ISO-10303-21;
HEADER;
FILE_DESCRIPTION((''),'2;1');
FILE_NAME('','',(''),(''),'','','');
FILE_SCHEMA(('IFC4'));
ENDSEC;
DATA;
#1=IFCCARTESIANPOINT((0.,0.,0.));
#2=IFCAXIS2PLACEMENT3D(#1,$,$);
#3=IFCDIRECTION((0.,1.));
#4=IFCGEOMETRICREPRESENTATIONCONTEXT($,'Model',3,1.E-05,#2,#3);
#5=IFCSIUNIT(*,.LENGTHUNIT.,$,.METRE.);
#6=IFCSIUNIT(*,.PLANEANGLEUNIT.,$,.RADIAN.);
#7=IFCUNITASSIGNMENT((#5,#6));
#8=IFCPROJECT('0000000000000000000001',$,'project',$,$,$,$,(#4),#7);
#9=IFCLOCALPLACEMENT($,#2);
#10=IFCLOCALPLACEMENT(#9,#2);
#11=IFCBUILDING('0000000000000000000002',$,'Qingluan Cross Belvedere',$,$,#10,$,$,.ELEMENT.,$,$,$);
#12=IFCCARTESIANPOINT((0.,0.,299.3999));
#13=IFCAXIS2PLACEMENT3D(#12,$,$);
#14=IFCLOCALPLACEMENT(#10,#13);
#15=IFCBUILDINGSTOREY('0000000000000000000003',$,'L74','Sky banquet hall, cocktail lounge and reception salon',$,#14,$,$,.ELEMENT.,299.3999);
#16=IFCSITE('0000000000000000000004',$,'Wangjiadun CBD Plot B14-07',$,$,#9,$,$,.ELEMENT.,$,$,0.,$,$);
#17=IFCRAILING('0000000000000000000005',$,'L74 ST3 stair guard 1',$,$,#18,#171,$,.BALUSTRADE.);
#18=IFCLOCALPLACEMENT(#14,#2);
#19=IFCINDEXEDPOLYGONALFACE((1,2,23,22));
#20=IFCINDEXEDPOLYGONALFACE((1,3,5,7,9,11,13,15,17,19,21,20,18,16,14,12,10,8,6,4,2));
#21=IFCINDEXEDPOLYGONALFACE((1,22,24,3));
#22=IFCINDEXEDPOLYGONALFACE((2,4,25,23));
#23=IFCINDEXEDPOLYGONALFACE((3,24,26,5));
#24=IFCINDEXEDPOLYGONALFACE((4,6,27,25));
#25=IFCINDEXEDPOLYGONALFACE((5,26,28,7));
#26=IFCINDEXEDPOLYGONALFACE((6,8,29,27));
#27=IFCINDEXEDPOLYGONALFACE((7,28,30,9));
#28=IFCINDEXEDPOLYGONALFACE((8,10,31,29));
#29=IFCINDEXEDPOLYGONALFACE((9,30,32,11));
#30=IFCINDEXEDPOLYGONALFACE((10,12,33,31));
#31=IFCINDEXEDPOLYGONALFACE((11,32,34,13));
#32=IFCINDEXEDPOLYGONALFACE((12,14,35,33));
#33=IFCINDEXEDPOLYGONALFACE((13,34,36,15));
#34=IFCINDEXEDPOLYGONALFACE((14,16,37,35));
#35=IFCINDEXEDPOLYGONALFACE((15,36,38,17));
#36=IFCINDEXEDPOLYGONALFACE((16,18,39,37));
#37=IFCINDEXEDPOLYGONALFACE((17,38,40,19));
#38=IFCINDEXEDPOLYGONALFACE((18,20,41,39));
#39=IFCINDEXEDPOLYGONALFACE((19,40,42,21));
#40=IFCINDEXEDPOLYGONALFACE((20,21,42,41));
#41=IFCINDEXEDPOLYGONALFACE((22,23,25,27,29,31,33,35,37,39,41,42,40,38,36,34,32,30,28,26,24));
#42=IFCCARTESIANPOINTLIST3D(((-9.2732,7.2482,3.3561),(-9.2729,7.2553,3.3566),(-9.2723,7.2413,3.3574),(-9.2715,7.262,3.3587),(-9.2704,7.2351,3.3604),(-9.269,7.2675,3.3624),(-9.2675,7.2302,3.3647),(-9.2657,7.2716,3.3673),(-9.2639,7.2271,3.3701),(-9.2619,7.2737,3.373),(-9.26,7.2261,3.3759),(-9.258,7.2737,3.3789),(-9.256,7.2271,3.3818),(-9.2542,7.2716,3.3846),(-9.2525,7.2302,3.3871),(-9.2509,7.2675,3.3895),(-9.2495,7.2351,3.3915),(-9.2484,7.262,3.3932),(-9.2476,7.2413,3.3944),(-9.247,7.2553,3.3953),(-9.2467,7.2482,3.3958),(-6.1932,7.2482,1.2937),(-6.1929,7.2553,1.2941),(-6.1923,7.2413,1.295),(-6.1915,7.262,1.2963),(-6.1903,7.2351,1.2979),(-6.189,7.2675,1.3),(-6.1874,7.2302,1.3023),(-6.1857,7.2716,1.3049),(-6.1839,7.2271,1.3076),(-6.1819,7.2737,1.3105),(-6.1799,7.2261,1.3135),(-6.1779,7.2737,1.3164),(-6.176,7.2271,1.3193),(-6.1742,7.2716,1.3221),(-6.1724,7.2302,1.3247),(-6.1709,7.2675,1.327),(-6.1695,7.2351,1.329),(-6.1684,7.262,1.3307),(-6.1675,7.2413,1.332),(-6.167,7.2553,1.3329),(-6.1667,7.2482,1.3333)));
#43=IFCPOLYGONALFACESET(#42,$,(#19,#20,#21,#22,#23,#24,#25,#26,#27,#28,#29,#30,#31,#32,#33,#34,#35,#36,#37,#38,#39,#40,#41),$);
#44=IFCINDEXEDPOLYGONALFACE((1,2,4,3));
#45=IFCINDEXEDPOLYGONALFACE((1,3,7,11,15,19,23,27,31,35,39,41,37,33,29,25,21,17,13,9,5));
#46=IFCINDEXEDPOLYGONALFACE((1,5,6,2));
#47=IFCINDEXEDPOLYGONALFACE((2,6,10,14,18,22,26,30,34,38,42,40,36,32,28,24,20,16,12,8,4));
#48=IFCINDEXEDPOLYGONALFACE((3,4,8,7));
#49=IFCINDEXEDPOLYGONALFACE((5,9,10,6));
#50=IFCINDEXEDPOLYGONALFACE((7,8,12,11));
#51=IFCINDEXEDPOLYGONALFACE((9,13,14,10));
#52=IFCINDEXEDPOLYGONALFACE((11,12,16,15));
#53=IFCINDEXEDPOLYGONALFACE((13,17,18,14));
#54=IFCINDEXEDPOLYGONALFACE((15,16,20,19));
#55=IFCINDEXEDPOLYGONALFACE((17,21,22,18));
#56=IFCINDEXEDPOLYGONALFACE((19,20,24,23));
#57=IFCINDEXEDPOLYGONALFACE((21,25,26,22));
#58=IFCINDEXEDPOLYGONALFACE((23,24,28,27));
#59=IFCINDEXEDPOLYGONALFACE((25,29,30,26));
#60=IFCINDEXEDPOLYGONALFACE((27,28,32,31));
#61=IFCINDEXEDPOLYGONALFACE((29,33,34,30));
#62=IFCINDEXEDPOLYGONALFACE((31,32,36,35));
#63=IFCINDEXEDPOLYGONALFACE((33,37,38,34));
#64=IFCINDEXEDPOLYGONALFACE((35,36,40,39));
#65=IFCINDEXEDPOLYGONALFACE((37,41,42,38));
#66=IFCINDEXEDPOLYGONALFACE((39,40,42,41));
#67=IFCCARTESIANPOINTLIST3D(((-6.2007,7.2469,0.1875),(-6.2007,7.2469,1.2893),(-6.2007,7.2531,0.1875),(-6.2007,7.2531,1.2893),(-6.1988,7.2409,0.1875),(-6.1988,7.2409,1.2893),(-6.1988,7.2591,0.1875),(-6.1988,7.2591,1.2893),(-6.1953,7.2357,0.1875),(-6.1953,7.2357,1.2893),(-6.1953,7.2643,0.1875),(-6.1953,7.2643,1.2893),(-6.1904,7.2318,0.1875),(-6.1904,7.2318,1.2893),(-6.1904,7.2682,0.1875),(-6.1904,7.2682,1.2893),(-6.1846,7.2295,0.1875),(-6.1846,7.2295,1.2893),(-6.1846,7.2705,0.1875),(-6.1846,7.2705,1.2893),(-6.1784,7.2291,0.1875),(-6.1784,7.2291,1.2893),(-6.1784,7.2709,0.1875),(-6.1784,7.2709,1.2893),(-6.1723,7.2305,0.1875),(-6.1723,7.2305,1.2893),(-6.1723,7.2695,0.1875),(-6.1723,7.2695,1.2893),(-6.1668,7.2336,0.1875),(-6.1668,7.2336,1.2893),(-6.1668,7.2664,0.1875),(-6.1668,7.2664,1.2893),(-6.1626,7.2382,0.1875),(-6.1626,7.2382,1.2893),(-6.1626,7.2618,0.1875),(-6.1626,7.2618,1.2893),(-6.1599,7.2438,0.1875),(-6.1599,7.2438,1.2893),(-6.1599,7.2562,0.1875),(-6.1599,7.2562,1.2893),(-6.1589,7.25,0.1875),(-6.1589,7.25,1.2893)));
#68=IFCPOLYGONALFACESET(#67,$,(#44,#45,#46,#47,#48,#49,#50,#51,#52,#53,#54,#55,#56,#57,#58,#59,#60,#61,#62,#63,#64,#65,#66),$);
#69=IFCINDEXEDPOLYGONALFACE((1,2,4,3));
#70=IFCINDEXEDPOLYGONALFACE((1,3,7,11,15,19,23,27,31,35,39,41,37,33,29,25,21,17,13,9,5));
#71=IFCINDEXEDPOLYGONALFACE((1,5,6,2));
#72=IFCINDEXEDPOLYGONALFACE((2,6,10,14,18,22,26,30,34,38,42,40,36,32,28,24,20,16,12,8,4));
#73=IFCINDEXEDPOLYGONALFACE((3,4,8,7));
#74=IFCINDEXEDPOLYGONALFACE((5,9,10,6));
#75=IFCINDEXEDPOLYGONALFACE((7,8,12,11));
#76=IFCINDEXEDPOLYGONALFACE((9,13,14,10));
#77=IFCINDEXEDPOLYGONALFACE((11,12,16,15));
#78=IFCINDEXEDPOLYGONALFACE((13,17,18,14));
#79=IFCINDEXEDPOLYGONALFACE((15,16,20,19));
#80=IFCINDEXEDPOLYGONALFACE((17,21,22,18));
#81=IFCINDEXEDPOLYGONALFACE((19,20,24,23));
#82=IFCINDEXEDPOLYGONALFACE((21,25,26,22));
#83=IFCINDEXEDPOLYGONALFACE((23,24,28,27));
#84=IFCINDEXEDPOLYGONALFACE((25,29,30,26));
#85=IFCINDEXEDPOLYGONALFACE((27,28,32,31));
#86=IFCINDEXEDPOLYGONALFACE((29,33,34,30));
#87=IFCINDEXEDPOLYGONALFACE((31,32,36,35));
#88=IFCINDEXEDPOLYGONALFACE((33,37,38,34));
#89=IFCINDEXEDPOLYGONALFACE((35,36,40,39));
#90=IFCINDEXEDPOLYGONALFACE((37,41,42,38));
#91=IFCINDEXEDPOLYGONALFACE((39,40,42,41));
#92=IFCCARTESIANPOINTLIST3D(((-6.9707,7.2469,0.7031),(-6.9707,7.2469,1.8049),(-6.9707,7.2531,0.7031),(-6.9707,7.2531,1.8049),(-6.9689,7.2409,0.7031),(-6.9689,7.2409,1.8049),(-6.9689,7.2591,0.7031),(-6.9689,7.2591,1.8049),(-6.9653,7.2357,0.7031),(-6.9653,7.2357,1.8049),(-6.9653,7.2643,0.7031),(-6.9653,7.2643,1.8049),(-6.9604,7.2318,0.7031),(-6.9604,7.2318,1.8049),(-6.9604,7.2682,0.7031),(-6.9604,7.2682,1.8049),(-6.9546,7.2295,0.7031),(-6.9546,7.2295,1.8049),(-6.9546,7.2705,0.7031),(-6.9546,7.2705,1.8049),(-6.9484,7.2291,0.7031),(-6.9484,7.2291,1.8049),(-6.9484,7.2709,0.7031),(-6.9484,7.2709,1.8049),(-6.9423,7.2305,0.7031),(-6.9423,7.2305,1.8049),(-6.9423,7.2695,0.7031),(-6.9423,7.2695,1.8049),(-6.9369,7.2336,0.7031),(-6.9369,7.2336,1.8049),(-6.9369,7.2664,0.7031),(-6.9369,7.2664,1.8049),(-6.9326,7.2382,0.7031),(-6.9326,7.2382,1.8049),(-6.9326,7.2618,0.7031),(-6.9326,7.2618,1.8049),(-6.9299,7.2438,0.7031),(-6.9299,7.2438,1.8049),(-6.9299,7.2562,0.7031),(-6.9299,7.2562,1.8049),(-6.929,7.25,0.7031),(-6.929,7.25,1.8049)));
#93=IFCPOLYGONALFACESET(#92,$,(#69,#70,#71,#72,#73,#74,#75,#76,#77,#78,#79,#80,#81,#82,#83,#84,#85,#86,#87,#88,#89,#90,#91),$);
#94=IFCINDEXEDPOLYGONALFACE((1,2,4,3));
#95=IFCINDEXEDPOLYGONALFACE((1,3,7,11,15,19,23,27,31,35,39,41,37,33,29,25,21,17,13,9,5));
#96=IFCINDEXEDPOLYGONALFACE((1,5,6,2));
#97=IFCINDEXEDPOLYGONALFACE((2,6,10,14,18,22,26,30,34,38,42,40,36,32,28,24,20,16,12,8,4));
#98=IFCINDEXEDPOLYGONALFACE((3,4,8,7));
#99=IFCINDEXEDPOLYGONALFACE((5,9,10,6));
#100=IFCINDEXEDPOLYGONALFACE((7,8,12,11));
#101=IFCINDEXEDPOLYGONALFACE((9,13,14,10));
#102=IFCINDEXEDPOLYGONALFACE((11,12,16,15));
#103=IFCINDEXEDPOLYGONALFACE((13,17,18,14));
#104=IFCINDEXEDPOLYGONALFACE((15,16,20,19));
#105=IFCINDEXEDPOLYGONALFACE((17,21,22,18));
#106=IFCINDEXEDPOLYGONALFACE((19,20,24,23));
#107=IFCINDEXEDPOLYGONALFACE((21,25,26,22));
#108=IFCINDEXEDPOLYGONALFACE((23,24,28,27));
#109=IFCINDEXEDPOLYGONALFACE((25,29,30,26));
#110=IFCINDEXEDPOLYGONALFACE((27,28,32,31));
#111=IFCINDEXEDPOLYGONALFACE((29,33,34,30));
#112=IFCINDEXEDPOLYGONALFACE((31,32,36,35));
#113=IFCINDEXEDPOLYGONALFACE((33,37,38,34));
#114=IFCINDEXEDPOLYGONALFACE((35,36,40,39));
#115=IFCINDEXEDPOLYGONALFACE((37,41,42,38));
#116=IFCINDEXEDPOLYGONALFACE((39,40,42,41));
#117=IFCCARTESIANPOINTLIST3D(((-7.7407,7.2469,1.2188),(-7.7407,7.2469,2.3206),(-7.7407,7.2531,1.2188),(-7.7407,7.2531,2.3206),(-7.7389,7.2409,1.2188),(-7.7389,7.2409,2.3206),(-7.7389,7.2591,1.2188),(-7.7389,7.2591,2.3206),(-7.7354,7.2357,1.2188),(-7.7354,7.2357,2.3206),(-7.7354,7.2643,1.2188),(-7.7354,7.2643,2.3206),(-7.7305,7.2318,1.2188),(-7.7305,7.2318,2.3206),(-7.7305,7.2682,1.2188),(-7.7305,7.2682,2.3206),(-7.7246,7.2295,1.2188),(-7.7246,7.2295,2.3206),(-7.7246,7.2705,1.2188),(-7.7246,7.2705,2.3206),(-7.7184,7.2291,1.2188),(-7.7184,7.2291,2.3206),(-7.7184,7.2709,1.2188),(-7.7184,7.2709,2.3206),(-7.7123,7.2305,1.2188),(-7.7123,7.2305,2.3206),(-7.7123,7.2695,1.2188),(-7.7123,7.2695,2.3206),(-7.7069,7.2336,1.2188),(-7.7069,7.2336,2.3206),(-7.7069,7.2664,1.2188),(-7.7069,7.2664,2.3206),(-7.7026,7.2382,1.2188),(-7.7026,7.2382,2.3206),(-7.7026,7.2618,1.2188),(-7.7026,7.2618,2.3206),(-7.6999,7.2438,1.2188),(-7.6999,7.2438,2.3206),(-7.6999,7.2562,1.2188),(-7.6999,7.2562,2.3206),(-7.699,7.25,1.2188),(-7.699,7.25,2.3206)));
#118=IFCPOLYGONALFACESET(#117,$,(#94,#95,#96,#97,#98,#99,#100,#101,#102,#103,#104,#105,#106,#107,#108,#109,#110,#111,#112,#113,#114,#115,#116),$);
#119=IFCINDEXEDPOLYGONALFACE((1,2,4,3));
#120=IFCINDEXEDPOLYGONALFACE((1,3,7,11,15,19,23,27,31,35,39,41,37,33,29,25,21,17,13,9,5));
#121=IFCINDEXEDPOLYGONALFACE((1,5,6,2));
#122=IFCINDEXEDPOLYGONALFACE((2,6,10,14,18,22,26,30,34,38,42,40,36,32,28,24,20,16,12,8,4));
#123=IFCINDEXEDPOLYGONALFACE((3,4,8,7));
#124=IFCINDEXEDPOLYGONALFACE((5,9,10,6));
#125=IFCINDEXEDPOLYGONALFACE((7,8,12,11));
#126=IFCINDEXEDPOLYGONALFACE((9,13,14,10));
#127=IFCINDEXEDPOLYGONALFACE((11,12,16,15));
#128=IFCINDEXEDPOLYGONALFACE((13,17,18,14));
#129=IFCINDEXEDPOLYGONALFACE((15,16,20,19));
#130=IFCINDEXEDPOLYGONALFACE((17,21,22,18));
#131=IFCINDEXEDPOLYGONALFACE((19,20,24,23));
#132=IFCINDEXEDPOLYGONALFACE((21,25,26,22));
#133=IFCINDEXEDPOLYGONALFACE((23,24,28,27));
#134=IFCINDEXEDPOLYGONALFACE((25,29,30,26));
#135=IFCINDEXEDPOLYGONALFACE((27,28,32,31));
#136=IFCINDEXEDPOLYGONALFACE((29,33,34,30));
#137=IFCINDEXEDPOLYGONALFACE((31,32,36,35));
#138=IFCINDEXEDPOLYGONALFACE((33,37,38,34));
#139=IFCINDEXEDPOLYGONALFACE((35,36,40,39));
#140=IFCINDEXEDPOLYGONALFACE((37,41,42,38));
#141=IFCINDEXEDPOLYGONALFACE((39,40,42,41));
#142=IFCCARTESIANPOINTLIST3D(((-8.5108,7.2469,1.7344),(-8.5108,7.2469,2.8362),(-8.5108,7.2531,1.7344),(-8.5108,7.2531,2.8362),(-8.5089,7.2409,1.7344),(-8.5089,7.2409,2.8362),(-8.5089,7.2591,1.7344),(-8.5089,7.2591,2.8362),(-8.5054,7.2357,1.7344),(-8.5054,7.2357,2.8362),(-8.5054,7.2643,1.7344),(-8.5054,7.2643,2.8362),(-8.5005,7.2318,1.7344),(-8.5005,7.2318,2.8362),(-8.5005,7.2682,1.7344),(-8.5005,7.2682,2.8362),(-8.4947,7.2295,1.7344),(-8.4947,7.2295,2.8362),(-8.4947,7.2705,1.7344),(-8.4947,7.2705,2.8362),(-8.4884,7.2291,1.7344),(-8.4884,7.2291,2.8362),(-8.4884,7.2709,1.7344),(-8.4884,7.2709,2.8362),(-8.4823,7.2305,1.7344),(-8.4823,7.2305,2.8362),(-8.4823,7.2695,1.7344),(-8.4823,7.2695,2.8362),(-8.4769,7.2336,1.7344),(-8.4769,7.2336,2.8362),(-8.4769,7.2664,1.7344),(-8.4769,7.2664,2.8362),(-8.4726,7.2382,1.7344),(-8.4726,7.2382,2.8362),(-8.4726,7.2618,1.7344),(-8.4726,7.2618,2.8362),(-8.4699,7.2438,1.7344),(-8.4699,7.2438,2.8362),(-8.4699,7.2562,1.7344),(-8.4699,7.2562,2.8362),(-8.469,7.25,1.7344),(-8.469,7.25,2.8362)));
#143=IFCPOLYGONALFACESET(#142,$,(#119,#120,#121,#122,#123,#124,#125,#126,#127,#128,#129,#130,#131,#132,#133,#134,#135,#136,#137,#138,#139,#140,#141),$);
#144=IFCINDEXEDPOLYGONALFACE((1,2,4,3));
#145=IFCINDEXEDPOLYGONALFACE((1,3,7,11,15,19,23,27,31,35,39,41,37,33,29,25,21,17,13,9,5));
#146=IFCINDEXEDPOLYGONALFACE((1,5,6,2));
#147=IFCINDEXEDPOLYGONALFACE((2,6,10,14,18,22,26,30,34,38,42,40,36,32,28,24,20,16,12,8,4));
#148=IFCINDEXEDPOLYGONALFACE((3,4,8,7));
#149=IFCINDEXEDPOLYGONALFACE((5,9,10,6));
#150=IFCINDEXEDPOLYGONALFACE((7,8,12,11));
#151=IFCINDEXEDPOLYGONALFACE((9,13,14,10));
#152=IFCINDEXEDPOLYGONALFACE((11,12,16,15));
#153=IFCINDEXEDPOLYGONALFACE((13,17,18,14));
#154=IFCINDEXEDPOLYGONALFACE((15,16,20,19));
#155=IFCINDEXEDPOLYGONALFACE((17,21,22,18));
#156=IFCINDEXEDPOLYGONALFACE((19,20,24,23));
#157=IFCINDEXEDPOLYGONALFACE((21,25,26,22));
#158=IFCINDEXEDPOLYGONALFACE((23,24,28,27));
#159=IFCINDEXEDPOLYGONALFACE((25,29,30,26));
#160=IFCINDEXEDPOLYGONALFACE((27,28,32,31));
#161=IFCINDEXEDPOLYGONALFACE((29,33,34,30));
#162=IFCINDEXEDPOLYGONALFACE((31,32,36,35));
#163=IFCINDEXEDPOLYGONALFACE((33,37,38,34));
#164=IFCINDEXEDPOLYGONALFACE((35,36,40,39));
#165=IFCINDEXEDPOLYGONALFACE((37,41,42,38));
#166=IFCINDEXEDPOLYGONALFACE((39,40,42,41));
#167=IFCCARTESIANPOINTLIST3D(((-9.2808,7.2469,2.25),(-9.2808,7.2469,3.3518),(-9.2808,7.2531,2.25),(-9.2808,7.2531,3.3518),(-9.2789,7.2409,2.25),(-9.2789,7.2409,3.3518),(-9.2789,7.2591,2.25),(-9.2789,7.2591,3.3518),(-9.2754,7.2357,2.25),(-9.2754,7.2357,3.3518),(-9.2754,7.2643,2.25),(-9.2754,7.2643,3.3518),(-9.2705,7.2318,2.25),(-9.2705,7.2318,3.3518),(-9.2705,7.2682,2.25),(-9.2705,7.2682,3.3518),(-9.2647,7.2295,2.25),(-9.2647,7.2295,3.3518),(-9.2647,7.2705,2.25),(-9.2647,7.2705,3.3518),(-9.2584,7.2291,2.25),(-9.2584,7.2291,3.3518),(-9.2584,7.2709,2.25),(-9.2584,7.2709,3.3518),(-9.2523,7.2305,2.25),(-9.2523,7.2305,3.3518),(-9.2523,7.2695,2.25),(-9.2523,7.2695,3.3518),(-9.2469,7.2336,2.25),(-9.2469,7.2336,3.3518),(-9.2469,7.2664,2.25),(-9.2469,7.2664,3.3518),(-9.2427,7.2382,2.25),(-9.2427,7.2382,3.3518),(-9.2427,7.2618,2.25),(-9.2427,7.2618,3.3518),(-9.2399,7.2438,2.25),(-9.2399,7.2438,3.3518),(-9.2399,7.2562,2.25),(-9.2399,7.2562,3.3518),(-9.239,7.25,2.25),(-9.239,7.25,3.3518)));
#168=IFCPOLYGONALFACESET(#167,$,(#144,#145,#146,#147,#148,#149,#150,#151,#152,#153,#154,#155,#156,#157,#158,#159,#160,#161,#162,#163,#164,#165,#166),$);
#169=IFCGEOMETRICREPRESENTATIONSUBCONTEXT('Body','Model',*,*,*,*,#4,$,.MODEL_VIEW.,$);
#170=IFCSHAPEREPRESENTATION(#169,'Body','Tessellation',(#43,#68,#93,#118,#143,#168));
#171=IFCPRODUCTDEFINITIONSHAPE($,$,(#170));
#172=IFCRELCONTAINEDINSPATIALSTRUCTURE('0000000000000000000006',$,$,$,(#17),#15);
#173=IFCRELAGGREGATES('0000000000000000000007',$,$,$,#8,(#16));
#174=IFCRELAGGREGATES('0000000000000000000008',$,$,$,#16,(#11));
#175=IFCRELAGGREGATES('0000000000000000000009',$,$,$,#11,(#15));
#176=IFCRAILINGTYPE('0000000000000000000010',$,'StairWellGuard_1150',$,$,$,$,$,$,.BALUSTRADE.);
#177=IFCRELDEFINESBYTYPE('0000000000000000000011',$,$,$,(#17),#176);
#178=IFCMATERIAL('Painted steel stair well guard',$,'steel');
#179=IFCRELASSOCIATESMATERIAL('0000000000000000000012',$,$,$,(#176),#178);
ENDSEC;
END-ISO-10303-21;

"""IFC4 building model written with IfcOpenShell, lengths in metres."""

from ifc_helpers import new_model, si_unit, direction, frame, origin, origin_2d, place, context, subcontext, project, spatial, circle, extrude, material, type_object, element, save


model = new_model("IFC4")

# Units and contexts
model_context = context("Model", 3, precision=1e-05, world=origin(), true_north=direction((0.0, 1.0)))
body_context = subcontext(model_context, "Body", "Model", "MODEL_VIEW")
ifc_project = project(units=[si_unit("LENGTHUNIT", "METRE"), si_unit("PLANEANGLEUNIT", "RADIAN")], contexts=[model_context])

# Site, building, storey
site_placement = place(None, origin())
site = spatial("IfcSite", under=ifc_project, at=site_placement, Name="Wangjiadun CBD Plot B14-07", CompositionType="ELEMENT", RefElevation=0.0)
building_placement = place(site_placement, origin())
building = spatial("IfcBuilding", under=site, at=building_placement, Name="Qingluan Cross Belvedere", CompositionType="ELEMENT")
storey_placement = place(building_placement, frame((0.0, 0.0, 299.3999)))
storey = spatial("IfcBuildingStorey", under=building, at=storey_placement, Name="L74", Description="Sky banquet hall, cocktail lounge and reception salon", CompositionType="ELEMENT", Elevation=299.3999)

# Railing
ifc_material_1 = material(Name="Painted steel stair well guard", Category="steel")
railing_type_1 = type_object("IfcRailingType", Name="StairWellGuard_1150", PredefinedType="BALUSTRADE", material=ifc_material_1)
railing_1_placement = place(storey_placement, frame((-6.1799, 7.25, 0.1875)))
element("IfcRailing", 1, at=railing_1_placement, inside=storey, type_object=railing_type_1, Name="L74 ST3 stair guard 1", PredefinedType="BALUSTRADE", context=body_context, shape_type="SweptSolid", body=[
    extrude(circle(Radius=0.0239, at=origin_2d()), frame((0.0, 0.0, 1.126), z_axis=(-0.830914, 0.0, 0.556401), x_axis=(0.0, -1.0, 0.0)), (0.0, 0.0, 1.0), 3.7068),
    extrude(circle(Radius=0.021, at=origin_2d()), origin(), (0.0, 0.0, 1.0), 1.1018),
    extrude(circle(Radius=0.021, at=origin_2d()), frame((-0.77, 0.0, 0.5156)), (0.0, 0.0, 1.0), 1.1018),
    extrude(circle(Radius=0.021, at=origin_2d()), frame((-1.54, 0.0, 1.0312)), (0.0, 0.0, 1.0), 1.1018),
    extrude(circle(Radius=0.021, at=origin_2d()), frame((-2.3101, 0.0, 1.5469)), (0.0, 0.0, 1.0), 1.1018),
    extrude(circle(Radius=0.021, at=origin_2d()), frame((-3.0801, 0.0, 2.0625)), (0.0, 0.0, 1.0), 1.1018),
])

save(model, "model.ifc")
